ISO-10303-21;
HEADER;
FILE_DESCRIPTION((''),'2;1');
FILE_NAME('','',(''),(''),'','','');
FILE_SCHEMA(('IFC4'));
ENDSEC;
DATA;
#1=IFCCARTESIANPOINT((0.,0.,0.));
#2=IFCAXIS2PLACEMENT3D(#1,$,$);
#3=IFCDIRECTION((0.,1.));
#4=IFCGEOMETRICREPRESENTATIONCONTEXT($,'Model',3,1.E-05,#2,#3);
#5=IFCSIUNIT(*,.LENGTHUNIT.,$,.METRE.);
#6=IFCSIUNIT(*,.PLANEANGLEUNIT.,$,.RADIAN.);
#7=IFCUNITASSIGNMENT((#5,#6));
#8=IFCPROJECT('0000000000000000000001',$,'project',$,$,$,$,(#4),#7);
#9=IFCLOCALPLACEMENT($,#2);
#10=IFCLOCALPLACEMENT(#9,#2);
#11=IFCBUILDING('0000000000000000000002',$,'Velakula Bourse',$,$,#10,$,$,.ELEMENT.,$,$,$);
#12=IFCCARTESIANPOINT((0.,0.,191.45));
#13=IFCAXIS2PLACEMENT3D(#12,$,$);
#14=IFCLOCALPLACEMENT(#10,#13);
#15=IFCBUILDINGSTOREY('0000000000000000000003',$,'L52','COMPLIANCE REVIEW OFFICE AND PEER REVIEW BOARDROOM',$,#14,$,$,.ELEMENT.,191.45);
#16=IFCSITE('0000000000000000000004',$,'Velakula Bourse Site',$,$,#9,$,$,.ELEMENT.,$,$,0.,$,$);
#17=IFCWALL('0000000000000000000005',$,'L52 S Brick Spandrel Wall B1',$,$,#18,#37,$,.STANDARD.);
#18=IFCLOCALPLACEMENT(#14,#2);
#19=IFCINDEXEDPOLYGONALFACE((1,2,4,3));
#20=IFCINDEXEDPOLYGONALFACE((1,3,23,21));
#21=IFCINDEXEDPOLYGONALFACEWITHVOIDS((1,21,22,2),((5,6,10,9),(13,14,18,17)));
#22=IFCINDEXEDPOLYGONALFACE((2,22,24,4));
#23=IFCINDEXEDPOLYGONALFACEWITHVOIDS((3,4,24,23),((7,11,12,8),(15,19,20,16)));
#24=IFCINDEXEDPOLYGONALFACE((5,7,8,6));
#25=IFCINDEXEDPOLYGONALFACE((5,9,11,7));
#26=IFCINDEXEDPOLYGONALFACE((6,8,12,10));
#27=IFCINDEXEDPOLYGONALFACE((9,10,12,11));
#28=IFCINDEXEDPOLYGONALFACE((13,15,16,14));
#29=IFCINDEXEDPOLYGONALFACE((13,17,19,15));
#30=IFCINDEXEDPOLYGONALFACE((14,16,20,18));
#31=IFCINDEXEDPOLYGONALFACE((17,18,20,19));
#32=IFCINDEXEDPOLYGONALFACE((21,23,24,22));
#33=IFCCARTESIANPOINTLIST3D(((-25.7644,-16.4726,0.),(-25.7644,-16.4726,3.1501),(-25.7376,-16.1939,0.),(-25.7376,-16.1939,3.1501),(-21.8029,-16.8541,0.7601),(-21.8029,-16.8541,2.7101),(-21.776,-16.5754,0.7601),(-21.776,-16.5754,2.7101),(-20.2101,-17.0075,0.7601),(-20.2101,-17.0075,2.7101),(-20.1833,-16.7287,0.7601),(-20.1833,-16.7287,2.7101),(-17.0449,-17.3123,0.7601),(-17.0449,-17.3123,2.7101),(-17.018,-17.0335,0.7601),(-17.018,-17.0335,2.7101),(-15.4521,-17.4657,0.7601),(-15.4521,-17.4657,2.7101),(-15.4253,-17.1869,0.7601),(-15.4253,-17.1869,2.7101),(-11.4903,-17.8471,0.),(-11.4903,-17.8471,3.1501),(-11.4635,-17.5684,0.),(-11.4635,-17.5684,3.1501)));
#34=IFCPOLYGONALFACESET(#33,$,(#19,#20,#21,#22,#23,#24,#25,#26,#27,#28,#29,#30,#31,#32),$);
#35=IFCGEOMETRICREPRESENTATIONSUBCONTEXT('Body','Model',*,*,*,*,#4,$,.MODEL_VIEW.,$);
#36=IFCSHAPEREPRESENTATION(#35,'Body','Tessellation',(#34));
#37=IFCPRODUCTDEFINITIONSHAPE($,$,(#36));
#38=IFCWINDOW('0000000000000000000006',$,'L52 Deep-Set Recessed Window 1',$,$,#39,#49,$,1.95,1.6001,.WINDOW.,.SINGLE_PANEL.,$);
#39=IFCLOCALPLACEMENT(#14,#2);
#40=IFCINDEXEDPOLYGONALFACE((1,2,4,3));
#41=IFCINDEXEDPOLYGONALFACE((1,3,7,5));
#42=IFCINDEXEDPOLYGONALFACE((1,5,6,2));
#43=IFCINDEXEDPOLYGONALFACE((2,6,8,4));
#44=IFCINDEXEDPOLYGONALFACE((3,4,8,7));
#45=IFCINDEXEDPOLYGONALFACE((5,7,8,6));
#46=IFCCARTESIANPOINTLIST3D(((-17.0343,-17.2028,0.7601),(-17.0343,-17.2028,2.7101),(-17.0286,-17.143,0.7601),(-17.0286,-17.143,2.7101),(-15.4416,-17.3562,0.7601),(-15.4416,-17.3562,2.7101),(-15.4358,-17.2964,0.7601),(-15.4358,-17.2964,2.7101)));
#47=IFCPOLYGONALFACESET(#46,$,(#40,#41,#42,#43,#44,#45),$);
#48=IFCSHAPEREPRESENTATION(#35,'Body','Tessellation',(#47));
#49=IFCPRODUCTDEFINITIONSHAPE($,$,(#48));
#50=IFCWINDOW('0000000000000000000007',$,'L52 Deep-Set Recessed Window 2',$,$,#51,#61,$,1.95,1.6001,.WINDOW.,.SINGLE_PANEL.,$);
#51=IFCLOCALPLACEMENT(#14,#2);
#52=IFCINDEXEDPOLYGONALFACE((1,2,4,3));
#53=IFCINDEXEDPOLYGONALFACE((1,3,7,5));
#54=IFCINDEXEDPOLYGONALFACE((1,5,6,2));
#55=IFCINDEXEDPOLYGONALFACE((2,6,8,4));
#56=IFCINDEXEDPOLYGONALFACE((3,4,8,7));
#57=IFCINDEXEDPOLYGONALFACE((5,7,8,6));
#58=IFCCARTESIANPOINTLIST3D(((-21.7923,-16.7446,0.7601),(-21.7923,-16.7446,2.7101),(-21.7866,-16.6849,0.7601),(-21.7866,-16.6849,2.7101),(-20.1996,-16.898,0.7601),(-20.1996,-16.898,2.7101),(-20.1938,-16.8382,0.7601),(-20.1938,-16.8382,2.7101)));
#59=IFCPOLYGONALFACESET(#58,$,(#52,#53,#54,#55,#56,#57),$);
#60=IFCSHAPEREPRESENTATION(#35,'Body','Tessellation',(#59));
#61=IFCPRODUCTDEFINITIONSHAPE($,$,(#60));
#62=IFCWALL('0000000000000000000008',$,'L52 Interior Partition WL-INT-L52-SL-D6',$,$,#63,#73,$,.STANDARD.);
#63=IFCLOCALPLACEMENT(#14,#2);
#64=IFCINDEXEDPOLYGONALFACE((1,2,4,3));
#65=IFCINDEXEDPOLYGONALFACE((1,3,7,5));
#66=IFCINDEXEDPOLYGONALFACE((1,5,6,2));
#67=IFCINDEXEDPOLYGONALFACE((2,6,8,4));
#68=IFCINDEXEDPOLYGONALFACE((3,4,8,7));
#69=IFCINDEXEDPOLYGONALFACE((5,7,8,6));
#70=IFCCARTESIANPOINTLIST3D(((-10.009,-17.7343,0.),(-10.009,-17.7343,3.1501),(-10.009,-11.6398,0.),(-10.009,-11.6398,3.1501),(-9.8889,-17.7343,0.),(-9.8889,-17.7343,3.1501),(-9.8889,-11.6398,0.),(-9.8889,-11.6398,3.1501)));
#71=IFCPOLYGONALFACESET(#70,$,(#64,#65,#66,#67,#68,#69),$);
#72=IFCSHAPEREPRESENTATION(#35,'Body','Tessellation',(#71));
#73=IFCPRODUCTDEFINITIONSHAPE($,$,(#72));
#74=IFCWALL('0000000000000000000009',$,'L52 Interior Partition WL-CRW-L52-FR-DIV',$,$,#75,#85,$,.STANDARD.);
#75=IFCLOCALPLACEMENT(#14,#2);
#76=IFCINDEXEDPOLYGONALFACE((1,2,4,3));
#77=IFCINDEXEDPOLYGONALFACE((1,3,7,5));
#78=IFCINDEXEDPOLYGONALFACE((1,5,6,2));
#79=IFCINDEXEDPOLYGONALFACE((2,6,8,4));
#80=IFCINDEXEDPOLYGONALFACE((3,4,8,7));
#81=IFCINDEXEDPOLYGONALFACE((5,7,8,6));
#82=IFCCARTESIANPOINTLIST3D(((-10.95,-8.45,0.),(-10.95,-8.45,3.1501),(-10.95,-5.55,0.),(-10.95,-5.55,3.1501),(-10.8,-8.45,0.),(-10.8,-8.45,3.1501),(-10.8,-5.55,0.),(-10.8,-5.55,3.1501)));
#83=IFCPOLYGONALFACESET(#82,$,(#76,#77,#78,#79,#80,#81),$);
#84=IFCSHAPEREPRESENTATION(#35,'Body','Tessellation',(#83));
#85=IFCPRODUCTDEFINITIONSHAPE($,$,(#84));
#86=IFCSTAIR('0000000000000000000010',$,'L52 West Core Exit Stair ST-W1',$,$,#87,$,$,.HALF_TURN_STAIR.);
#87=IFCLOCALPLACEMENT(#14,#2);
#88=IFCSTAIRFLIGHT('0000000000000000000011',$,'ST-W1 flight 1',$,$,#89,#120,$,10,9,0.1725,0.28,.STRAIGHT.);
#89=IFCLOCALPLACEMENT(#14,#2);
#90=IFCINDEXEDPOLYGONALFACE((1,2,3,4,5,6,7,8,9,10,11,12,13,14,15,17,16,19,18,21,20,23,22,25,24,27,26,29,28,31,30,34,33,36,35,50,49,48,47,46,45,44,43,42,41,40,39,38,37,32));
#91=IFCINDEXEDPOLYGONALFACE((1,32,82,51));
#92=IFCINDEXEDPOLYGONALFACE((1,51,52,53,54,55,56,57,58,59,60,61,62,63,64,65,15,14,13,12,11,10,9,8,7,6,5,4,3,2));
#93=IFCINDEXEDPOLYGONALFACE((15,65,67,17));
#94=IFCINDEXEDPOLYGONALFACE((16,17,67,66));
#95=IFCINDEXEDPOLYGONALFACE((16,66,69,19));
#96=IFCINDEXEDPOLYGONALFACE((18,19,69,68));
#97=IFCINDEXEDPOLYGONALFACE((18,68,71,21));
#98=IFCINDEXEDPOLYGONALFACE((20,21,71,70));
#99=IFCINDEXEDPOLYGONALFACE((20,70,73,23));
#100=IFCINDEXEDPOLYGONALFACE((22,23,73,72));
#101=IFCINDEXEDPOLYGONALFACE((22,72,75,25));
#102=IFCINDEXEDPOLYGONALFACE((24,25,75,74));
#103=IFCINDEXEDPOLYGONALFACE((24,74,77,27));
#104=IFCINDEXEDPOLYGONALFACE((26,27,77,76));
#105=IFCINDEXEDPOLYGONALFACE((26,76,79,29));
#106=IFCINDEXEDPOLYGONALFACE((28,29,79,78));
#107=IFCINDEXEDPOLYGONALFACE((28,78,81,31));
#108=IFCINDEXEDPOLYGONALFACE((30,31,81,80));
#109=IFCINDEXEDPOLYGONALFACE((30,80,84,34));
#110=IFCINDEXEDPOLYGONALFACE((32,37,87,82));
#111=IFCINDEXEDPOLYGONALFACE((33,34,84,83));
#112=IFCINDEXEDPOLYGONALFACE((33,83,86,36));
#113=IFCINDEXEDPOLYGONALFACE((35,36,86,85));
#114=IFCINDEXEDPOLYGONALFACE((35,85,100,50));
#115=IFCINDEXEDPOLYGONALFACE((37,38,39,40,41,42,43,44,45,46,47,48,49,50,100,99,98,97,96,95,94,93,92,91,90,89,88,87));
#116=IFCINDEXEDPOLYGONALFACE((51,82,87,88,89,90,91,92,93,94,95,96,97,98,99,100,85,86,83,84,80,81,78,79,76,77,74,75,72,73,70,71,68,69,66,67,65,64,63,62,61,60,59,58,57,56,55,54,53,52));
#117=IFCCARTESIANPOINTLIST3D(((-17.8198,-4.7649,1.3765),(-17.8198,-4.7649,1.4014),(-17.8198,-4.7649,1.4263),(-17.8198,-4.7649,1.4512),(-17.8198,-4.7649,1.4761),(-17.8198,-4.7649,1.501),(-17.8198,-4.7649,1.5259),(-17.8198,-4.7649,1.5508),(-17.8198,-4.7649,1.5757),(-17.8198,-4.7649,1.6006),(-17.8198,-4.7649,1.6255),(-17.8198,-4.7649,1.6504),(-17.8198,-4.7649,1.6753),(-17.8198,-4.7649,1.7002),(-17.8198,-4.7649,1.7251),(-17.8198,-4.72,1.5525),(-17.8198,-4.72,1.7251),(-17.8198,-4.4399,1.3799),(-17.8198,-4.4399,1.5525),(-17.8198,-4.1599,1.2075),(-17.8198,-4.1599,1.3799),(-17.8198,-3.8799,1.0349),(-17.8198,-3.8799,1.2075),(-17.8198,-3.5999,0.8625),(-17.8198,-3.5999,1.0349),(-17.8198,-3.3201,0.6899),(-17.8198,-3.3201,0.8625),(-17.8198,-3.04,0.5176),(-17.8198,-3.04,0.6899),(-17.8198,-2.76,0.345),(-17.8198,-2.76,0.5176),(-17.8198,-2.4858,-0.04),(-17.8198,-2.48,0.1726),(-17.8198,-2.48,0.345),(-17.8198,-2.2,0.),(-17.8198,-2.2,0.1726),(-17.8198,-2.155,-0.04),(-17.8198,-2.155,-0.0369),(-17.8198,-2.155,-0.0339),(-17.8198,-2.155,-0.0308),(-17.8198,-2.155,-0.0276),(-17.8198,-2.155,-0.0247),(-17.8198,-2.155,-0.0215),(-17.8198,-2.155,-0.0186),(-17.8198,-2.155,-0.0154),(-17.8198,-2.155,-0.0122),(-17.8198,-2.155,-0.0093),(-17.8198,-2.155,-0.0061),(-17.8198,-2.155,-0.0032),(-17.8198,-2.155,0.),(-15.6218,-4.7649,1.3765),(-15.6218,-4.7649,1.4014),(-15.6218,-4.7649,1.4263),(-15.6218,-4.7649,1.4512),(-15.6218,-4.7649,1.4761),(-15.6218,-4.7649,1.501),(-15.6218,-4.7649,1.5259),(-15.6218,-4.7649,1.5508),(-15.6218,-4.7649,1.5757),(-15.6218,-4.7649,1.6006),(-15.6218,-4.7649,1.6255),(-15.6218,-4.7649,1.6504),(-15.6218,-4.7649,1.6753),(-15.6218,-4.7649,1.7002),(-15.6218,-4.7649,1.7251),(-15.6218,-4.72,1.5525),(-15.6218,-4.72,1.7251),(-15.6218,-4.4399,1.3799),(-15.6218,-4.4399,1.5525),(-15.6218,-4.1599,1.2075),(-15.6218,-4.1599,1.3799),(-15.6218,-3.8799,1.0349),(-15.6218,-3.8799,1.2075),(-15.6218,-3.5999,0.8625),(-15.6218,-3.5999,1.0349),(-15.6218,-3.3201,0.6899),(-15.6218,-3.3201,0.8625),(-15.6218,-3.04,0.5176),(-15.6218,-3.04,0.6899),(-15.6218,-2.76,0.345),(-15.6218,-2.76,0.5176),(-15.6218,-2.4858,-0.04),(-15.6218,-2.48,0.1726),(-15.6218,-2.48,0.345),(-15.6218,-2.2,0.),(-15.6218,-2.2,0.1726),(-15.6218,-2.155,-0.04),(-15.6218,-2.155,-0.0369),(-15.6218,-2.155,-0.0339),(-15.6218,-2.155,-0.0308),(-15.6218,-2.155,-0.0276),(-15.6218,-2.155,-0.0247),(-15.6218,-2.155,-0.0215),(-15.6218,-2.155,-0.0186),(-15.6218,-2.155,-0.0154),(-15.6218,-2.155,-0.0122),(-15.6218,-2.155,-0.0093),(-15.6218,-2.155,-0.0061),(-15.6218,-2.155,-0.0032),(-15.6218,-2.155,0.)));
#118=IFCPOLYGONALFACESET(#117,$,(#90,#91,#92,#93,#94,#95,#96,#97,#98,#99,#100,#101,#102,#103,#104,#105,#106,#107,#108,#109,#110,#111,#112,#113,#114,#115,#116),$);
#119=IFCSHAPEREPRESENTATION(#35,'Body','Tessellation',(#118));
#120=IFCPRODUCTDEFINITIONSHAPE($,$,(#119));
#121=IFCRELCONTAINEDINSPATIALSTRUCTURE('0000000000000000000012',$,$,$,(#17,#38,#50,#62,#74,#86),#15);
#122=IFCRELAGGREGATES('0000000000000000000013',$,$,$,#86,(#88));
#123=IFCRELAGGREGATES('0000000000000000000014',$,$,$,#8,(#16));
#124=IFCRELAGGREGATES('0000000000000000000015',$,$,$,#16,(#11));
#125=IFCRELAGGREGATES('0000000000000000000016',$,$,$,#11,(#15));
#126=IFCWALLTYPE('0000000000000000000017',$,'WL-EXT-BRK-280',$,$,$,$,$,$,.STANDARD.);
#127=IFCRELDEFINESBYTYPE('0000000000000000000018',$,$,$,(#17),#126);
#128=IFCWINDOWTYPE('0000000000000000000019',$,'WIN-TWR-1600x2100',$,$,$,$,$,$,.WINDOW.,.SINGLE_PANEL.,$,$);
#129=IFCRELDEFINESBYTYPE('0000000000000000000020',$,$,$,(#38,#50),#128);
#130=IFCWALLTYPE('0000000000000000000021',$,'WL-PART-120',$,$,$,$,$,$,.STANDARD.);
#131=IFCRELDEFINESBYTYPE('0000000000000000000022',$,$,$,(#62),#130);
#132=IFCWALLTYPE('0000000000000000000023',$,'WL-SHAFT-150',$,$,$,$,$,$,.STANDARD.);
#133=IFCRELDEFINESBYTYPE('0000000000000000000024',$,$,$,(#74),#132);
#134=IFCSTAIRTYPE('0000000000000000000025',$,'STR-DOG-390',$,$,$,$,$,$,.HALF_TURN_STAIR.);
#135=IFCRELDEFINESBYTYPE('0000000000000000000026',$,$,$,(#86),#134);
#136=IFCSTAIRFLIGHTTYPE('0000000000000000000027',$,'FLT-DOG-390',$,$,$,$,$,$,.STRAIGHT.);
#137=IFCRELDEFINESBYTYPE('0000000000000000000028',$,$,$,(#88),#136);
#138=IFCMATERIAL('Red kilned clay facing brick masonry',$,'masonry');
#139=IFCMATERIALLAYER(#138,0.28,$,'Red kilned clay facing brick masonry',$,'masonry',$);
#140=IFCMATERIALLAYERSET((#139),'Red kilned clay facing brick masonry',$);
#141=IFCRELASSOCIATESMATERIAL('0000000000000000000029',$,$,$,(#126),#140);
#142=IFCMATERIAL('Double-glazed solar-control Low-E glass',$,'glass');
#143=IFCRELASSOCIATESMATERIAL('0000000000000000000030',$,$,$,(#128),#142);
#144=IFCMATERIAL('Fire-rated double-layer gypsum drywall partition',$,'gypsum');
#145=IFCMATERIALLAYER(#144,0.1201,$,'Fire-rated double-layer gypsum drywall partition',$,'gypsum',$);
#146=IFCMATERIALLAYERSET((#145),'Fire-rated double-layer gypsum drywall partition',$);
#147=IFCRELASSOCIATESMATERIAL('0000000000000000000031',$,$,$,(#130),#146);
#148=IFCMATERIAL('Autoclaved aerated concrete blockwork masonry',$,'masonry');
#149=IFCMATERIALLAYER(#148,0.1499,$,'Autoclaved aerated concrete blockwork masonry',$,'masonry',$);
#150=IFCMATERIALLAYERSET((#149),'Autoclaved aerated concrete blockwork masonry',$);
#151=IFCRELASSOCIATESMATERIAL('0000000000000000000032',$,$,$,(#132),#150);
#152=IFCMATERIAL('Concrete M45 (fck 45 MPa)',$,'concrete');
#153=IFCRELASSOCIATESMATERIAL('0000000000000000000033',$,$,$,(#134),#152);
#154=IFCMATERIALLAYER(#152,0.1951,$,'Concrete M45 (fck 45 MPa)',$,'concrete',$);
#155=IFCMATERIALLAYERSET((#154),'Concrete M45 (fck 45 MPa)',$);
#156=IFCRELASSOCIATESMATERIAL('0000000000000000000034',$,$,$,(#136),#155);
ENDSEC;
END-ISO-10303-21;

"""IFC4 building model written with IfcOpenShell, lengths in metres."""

from ifc_helpers import new_model, si_unit, direction, frame, frame_2d, origin, place, context, subcontext, project, spatial, polyline, rectangle, outline, extrude, material, layer, layer_set, type_object, element, fill, aggregate, save


model = new_model("IFC4")

# Units and contexts
model_context = context("Model", 3, precision=1e-05, world=origin(), true_north=direction((0.0, 1.0)))
body_context = subcontext(model_context, "Body", "Model", "MODEL_VIEW")
ifc_project = project(units=[si_unit("LENGTHUNIT", "METRE"), si_unit("PLANEANGLEUNIT", "RADIAN")], contexts=[model_context])

# Site, building, storey
site_placement = place(None, origin())
site = spatial("IfcSite", under=ifc_project, at=site_placement, Name="Velakula Bourse Site", CompositionType="ELEMENT", RefElevation=0.0)
building_placement = place(site_placement, origin())
building = spatial("IfcBuilding", under=site, at=building_placement, Name="Velakula Bourse", CompositionType="ELEMENT")
storey_placement = place(building_placement, frame((0.0, 0.0, 191.45)))
storey = spatial("IfcBuildingStorey", under=building, at=storey_placement, Name="L52", Description="COMPLIANCE REVIEW OFFICE AND PEER REVIEW BOARDROOM", CompositionType="ELEMENT", Elevation=191.45)

# Wall, openings, windows
ifc_material_1 = material(Name="Red kilned clay facing brick masonry", Category="masonry")
ifc_layer_1 = layer(ifc_material_1, 0.28, Name="Red kilned clay facing brick masonry", Category="masonry")
ifc_layer_set_1 = layer_set([ifc_layer_1], Name="Red kilned clay facing brick masonry")
wall_type_1 = type_object("IfcWallType", Name="WL-EXT-BRK-280", PredefinedType="STANDARD", material=ifc_layer_set_1)
wall_1_placement = place(storey_placement, frame((-11.4771, -17.7078, 0.0), z_axis=(0.0, 0.0, 1.0), x_axis=(-0.995396, 0.09585, 0.0)))
wall_1 = element("IfcWall", 1, at=wall_1_placement, inside=storey, type_object=wall_type_1, Name="L52 S Brick Spandrel Wall B1", PredefinedType="STANDARD", context=body_context, shape_type="SweptSolid", body=[
    extrude(rectangle(XDim=14.3401, YDim=0.28, at=frame_2d((7.1699, 0.0))), origin(), (0.0, 0.0, 1.0), 3.1501),
])
opening_1_placement = place(wall_1_placement, frame((3.98, 0.0, 0.76)))
opening_1 = element("IfcOpeningElement", 2, at=opening_1_placement, cuts=wall_1, PredefinedType="OPENING", context=body_context, shape_type="SweptSolid", body=[
    extrude(rectangle(XDim=1.6001, YDim=1.95, at=frame_2d((0.8, 0.9751))), frame((0.0, 0.1499, 0.0), z_axis=(0.0, -1.0, 0.0), x_axis=(1.0, 0.0, 0.0)), (0.0, 0.0, 1.0), 0.3),
])
opening_2_placement = place(wall_1_placement, frame((8.76, 0.0, 0.76)))
opening_2 = element("IfcOpeningElement", 3, at=opening_2_placement, cuts=wall_1, PredefinedType="OPENING", context=body_context, shape_type="SweptSolid", body=[
    extrude(rectangle(XDim=1.6001, YDim=1.95, at=frame_2d((0.8, 0.9751))), frame((0.0, 0.1499, 0.0), z_axis=(0.0, -1.0, 0.0), x_axis=(1.0, 0.0, 0.0)), (0.0, 0.0, 1.0), 0.3),
])
ifc_material_2 = material(Name="Double-glazed solar-control Low-E glass", Category="glass")
window_type = type_object("IfcWindowType", Name="WIN-TWR-1600x2100", PartitioningType="SINGLE_PANEL", PredefinedType="WINDOW", material=ifc_material_2)
window_1_placement = place(opening_1_placement, origin())
window_1 = element("IfcWindow", 4, at=window_1_placement, inside=storey, type_object=window_type, Name="L52 Deep-Set Recessed Window 1", OverallHeight=1.95, OverallWidth=1.6001, PartitioningType="SINGLE_PANEL", PredefinedType="WINDOW", context=body_context, shape_type="SweptSolid", body=[
    extrude(rectangle(XDim=1.6001, YDim=1.95, at=frame_2d((0.8, 0.9751))), frame((0.0, 0.03, 0.0), z_axis=(0.0, -1.0, 0.0), x_axis=(1.0, 0.0, 0.0)), (0.0, 0.0, 1.0), 0.0601),
])
fill(opening_1, window_1)
window_2_placement = place(opening_2_placement, origin())
window_2 = element("IfcWindow", 5, at=window_2_placement, inside=storey, type_object=window_type, Name="L52 Deep-Set Recessed Window 2", OverallHeight=1.95, OverallWidth=1.6001, PartitioningType="SINGLE_PANEL", PredefinedType="WINDOW", context=body_context, shape_type="SweptSolid", body=[
    extrude(rectangle(XDim=1.6001, YDim=1.95, at=frame_2d((0.8, 0.9751))), frame((0.0, 0.03, 0.0), z_axis=(0.0, -1.0, 0.0), x_axis=(1.0, 0.0, 0.0)), (0.0, 0.0, 1.0), 0.0601),
])
fill(opening_2, window_2)

# Wall
ifc_material_3 = material(Name="Fire-rated double-layer gypsum drywall partition", Category="gypsum")
ifc_layer_2 = layer(ifc_material_3, 0.1201, Name="Fire-rated double-layer gypsum drywall partition", Category="gypsum")
ifc_layer_set_2 = layer_set([ifc_layer_2], Name="Fire-rated double-layer gypsum drywall partition")
wall_type_2 = type_object("IfcWallType", Name="WL-PART-120", PredefinedType="STANDARD", material=ifc_layer_set_2)
wall_2_placement = place(storey_placement, frame((-9.949, -17.7344, 0.0), z_axis=(0.0, 0.0, 1.0), x_axis=(0.0, 1.0, 0.0)))
element("IfcWall", 6, at=wall_2_placement, inside=storey, type_object=wall_type_2, Name="L52 Interior Partition WL-INT-L52-SL-D6", PredefinedType="STANDARD", context=body_context, shape_type="SweptSolid", body=[
    extrude(rectangle(XDim=6.0945, YDim=0.1201, at=frame_2d((3.0474, 0.0))), origin(), (0.0, 0.0, 1.0), 3.1501),
])

# Shared definitions
ifc_material_4 = material(Name="Autoclaved aerated concrete blockwork masonry", Category="masonry")
ifc_layer_3 = layer(ifc_material_4, 0.1499, Name="Autoclaved aerated concrete blockwork masonry", Category="masonry")
ifc_layer_set_3 = layer_set([ifc_layer_3], Name="Autoclaved aerated concrete blockwork masonry")
wall_type_3 = type_object("IfcWallType", Name="WL-SHAFT-150", PredefinedType="STANDARD", material=ifc_layer_set_3)

# Wall
wall_3_placement = place(storey_placement, frame((-10.875, -8.45, 0.0), z_axis=(0.0, 0.0, 1.0), x_axis=(0.0, 1.0, 0.0)))
element("IfcWall", 7, at=wall_3_placement, inside=storey, type_object=wall_type_3, Name="L52 Interior Partition WL-CRW-L52-FR-DIV", PredefinedType="STANDARD", context=body_context, shape_type="SweptSolid", body=[
    extrude(rectangle(XDim=2.8999, YDim=0.1499, at=frame_2d((1.45, 0.0))), origin(), (0.0, 0.0, 1.0), 3.1501),
])

# Stair, stair flight
ifc_material_5 = material(Name="Concrete M45 (fck 45 MPa)", Category="concrete")
stair_type = type_object("IfcStairType", Name="STR-DOG-390", PredefinedType="HALF_TURN_STAIR", material=ifc_material_5)
stair_placement = place(storey_placement, origin())
stair = element("IfcStair", 8, at=stair_placement, inside=storey, type_object=stair_type, Name="L52 West Core Exit Stair ST-W1", PredefinedType="HALF_TURN_STAIR")
ifc_layer_4 = layer(ifc_material_5, 0.1951, Name="Concrete M45 (fck 45 MPa)", Category="concrete")
ifc_layer_set_4 = layer_set([ifc_layer_4], Name="Concrete M45 (fck 45 MPa)")
stair_flight_type = type_object("IfcStairFlightType", Name="FLT-DOG-390", PredefinedType="STRAIGHT", material=ifc_layer_set_4)
stair_flight_1_placement = place(storey_placement, frame((-16.7209, -2.2, 0.0), z_axis=(0.0, 0.0, 1.0), x_axis=(0.0, -1.0, 0.0)))
stair_flight_1 = element("IfcStairFlight", 9, at=stair_flight_1_placement, type_object=stair_flight_type, Name="ST-W1 flight 1", NumberOfRisers=10, NumberOfTreads=9, PredefinedType="STRAIGHT", RiserHeight=0.1725, TreadLength=0.28, context=body_context, shape_type="SweptSolid", body=[
    extrude(outline(polyline([(-0.0449, -0.04), (-0.0449, -0.0369), (-0.0449, -0.0339), (-0.0449, -0.0308), (-0.0449, -0.0276), (-0.0449, -0.0247), (-0.0449, -0.0215), (-0.0449, -0.0186), (-0.0449, -0.0154), (-0.0449, -0.0122), (-0.0449, -0.0093), (-0.0449, -0.0061), (-0.0449, -0.0032), (-0.0449, 0.0), (0.0, 0.0), (0.0, 0.1726), (0.28, 0.1726), (0.28, 0.345), (0.5601, 0.345), (0.5601, 0.5176), (0.8401, 0.5176), (0.8401, 0.6899), (1.1201, 0.6899), (1.1201, 0.8625), (1.3999, 0.8625), (1.3999, 1.0349), (1.6799, 1.0349), (1.6799, 1.2075), (1.96, 1.2075), (1.96, 1.3799), (2.24, 1.3799), (2.24, 1.5525), (2.52, 1.5525), (2.52, 1.7251), (2.5649, 1.7251), (2.5649, 1.7002), (2.5649, 1.6753), (2.5649, 1.6504), (2.5649, 1.6255), (2.5649, 1.6006), (2.5649, 1.5757), (2.5649, 1.5508), (2.5649, 1.5259), (2.5649, 1.501), (2.5649, 1.4761), (2.5649, 1.4512), (2.5649, 1.4263), (2.5649, 1.4014), (2.5649, 1.3765), (0.2859, -0.04), (-0.0449, -0.04)])), frame((0.0, 1.0991, 0.0), z_axis=(0.0, -1.0, 0.0), x_axis=(1.0, 0.0, 0.0)), (0.0, 0.0, 1.0), 2.198),
])
aggregate(stair, [stair_flight_1])

save(model, "model.ifc")
